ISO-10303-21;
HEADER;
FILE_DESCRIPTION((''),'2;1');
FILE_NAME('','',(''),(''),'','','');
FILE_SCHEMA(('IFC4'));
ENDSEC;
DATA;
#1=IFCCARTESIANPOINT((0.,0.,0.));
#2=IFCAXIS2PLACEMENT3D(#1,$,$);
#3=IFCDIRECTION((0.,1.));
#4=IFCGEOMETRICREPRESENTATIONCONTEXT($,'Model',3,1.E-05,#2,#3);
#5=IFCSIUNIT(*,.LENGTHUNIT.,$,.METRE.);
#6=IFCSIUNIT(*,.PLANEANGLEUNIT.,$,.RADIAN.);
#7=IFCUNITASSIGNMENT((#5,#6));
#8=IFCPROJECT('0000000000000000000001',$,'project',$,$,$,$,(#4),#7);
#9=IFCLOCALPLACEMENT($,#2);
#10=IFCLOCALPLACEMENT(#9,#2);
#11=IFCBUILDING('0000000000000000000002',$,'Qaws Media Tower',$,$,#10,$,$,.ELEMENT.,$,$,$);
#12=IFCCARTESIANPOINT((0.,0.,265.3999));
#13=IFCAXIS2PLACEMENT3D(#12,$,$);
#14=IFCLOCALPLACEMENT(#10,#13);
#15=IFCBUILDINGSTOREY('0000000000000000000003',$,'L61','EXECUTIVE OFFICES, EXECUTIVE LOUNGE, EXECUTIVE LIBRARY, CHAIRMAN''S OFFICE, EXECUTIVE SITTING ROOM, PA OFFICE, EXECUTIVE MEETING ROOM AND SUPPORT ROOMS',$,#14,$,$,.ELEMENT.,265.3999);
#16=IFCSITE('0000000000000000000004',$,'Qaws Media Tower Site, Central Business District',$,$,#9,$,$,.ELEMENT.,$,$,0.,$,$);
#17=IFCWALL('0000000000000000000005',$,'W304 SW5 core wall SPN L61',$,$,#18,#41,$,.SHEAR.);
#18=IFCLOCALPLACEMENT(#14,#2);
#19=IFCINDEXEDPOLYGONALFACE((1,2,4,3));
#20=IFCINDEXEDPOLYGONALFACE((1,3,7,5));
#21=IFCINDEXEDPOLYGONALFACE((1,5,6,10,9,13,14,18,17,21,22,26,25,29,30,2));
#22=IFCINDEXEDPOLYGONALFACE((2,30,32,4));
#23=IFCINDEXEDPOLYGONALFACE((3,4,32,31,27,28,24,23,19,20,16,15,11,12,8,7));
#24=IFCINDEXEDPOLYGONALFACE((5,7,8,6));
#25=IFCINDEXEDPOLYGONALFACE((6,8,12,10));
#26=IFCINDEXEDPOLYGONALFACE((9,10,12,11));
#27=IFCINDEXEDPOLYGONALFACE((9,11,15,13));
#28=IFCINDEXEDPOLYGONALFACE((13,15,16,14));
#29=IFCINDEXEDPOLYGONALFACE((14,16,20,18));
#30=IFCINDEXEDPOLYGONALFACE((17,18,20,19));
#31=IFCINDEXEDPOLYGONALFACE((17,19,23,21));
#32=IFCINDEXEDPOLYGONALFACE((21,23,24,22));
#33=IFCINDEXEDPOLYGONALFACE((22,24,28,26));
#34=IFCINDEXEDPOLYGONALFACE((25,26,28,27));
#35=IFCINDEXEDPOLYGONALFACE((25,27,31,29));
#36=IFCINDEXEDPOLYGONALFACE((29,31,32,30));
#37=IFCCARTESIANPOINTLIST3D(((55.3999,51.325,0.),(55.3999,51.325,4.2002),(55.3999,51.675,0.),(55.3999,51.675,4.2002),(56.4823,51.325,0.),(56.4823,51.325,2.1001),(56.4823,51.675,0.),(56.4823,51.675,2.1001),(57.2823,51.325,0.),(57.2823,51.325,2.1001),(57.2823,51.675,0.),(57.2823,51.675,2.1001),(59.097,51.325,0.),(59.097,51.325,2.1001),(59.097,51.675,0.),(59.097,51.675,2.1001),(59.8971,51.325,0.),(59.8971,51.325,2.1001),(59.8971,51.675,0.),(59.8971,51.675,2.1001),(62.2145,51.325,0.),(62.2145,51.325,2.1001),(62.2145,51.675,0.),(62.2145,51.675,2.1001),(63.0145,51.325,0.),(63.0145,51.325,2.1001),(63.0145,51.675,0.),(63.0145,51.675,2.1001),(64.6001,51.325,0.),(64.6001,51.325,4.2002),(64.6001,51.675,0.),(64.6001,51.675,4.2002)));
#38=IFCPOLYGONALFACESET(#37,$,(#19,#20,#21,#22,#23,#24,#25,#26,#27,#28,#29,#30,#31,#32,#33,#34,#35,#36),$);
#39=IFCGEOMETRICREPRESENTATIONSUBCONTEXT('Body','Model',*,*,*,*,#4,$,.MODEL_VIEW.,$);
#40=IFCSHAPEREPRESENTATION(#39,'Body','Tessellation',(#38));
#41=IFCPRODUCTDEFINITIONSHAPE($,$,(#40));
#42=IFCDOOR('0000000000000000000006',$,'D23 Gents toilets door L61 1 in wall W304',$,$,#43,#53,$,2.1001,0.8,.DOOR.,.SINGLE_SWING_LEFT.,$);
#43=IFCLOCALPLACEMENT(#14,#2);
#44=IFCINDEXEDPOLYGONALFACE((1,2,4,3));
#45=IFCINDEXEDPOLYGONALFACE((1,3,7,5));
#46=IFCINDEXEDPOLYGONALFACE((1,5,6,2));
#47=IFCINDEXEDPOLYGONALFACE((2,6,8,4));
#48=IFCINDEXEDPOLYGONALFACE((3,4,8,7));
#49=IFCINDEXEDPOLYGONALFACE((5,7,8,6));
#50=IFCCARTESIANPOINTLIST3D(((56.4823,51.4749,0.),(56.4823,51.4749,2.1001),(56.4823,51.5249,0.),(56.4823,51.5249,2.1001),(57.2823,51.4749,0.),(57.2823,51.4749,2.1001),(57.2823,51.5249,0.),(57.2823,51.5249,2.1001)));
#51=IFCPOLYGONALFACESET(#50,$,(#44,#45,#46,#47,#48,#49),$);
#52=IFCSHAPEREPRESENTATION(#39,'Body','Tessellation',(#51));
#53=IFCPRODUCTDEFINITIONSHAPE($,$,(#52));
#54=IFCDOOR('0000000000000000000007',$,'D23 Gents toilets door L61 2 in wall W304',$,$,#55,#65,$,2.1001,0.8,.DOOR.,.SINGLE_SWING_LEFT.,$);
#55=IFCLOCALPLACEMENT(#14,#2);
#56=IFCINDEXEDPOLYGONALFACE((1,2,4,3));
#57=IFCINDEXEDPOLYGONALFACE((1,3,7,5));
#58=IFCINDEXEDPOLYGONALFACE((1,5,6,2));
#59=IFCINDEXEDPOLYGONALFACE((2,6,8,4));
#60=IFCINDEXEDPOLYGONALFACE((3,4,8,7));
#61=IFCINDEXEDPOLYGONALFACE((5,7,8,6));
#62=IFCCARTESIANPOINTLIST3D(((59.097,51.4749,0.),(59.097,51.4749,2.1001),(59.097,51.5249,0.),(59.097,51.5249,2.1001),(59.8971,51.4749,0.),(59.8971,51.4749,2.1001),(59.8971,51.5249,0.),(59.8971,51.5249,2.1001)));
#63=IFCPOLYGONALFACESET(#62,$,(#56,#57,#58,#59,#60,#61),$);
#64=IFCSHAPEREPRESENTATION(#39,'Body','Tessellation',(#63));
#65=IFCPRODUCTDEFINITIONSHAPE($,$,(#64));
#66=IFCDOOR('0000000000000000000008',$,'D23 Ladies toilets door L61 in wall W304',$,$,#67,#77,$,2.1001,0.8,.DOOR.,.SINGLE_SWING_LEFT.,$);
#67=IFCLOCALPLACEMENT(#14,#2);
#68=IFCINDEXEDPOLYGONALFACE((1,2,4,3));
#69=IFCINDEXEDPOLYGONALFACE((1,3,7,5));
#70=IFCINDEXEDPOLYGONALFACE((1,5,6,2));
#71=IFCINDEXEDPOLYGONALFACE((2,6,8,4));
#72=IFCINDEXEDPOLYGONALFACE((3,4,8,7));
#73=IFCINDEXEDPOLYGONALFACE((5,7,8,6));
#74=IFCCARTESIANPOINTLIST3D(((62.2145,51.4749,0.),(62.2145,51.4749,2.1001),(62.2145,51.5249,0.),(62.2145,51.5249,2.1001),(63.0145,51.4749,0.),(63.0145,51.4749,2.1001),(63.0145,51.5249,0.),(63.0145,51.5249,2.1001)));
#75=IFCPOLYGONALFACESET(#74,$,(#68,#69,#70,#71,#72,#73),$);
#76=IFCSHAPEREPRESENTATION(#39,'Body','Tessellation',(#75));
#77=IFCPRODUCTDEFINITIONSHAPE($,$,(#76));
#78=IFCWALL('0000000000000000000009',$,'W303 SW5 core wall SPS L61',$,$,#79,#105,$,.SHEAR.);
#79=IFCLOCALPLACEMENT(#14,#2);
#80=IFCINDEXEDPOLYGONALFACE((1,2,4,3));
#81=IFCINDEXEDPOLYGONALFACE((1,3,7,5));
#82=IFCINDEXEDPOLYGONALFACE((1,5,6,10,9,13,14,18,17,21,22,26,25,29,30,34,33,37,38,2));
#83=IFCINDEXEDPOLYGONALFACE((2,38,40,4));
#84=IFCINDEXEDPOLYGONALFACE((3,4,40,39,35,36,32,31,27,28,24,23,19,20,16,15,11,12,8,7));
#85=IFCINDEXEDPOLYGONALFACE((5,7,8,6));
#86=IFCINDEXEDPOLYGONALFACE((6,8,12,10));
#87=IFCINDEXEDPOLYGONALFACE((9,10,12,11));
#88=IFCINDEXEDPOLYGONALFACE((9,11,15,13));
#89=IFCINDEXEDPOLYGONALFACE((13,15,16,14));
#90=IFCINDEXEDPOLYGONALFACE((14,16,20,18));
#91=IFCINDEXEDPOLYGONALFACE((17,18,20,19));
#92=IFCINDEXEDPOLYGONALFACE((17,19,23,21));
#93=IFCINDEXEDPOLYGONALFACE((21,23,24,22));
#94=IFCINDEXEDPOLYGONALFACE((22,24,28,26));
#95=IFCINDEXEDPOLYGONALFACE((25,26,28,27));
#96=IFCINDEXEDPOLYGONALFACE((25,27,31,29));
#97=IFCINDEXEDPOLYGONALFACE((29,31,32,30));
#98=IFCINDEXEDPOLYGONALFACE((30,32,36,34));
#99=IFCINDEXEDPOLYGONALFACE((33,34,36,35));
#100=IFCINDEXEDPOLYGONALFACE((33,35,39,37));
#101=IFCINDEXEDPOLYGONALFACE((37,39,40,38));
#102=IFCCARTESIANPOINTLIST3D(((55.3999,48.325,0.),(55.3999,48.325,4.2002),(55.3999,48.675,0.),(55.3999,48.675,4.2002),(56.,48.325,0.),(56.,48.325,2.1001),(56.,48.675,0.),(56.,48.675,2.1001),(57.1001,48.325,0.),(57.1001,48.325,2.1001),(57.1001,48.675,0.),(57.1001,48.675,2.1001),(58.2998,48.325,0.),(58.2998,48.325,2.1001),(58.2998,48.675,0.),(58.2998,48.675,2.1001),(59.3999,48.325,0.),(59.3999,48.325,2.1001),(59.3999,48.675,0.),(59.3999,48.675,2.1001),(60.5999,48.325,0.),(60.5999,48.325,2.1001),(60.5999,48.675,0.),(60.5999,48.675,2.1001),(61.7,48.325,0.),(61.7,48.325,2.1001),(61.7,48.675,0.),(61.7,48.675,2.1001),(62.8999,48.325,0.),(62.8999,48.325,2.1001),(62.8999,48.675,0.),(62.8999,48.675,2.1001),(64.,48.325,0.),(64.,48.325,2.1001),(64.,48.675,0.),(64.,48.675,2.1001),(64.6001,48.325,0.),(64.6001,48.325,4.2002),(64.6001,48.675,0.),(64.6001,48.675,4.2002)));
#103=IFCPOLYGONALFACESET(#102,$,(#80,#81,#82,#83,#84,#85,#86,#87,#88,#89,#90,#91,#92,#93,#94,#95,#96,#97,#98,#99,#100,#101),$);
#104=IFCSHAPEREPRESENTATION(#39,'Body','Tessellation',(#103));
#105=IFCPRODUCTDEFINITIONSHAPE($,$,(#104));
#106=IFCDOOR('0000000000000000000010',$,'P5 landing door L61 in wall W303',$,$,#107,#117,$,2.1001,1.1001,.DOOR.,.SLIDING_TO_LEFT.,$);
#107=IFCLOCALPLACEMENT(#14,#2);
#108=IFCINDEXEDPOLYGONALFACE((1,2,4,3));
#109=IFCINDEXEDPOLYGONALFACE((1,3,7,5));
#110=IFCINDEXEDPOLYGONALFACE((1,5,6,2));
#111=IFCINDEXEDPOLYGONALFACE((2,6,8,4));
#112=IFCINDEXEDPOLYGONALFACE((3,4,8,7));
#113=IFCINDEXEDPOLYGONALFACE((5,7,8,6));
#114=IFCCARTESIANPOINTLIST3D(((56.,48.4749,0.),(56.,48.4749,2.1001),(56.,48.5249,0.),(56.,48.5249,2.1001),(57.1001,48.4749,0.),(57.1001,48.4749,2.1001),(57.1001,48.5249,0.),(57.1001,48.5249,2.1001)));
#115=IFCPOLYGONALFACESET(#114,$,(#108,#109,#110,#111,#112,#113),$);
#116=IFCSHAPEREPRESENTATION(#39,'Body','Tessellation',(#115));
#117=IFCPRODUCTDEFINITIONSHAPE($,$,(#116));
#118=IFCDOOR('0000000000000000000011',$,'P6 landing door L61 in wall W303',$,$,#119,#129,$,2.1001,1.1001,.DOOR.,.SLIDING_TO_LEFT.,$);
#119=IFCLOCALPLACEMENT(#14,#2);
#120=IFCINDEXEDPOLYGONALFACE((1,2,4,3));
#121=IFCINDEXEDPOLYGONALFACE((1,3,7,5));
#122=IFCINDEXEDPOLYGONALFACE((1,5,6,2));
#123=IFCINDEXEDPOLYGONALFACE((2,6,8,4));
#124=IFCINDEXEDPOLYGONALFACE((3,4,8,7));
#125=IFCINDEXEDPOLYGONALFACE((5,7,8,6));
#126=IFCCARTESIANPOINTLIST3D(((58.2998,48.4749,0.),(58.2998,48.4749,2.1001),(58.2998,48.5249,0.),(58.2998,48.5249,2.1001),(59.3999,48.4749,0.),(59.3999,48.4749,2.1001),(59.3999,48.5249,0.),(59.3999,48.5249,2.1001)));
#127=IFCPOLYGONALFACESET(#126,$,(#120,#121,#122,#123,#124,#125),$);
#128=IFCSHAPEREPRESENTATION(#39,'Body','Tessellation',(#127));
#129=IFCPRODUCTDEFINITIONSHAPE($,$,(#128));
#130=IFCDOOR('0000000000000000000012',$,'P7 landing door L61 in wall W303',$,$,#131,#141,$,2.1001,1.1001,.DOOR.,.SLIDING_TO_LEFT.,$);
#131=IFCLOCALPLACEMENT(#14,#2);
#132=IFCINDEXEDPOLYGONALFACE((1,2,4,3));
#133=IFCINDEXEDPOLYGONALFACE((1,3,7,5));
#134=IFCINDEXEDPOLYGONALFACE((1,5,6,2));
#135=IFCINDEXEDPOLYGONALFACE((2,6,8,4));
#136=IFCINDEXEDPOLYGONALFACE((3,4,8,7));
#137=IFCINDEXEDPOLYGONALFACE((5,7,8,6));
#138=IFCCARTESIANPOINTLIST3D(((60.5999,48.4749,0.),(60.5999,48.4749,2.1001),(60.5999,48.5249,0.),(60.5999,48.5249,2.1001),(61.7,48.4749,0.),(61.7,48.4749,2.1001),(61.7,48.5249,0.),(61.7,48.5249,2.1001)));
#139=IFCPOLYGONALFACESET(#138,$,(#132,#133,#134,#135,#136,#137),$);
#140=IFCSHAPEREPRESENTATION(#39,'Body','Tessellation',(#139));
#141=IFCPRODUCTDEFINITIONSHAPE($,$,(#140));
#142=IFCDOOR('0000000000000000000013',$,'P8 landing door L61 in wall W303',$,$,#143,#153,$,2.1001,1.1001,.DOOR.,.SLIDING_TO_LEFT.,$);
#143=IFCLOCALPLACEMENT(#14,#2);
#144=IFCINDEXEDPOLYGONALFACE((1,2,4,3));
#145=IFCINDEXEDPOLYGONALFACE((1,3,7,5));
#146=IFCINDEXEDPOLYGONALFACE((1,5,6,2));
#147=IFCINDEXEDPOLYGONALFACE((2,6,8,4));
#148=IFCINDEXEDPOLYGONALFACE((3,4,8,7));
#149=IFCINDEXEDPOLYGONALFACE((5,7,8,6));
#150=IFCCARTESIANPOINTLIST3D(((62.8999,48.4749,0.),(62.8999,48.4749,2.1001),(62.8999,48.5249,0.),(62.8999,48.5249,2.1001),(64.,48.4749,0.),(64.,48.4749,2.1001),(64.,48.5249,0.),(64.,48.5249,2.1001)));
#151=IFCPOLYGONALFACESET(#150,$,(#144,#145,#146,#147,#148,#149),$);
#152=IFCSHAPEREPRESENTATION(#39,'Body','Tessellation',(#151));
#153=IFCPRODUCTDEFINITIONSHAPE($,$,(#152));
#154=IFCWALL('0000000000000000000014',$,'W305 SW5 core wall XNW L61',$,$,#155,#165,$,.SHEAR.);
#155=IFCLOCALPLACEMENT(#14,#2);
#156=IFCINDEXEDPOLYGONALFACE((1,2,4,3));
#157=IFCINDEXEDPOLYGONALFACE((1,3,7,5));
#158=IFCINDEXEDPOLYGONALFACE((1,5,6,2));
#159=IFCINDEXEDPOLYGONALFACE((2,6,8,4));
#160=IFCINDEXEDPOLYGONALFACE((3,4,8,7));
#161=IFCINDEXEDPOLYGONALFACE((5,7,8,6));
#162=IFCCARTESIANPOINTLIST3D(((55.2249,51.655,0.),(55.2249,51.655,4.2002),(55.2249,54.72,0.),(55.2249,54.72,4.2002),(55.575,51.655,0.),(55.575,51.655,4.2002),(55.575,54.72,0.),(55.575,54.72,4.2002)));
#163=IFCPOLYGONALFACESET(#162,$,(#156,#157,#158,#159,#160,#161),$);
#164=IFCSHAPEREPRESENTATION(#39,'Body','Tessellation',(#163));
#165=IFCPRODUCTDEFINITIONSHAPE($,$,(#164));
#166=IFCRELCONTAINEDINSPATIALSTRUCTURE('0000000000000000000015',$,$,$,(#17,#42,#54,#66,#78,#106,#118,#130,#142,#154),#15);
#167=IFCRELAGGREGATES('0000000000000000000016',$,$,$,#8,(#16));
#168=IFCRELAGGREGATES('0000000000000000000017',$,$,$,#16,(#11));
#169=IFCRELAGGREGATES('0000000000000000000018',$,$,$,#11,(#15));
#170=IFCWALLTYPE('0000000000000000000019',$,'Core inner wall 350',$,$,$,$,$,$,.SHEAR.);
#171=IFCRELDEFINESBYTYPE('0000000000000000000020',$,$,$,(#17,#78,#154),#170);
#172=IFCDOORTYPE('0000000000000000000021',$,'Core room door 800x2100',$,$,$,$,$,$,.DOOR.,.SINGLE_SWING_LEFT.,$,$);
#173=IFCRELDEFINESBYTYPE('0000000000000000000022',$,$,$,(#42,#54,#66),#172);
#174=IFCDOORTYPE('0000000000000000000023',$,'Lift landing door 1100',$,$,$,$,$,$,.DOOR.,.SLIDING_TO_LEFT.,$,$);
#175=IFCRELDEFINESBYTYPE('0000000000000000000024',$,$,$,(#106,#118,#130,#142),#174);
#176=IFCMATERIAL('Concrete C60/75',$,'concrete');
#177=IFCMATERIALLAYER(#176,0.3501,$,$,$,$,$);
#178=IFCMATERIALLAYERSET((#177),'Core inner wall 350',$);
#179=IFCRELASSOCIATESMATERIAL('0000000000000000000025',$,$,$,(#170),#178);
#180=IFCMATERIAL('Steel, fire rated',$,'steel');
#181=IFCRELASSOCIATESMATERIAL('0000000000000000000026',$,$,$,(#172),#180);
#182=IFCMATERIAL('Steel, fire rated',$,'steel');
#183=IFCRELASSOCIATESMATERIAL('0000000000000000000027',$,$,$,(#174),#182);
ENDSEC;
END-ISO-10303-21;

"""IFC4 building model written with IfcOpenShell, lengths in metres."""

from ifc_helpers import new_model, si_unit, direction, frame, frame_2d, origin, place, context, subcontext, project, spatial, rectangle, extrude, material, layer, layer_set, type_object, element, fill, save


model = new_model("IFC4")

# Units and contexts
model_context = context("Model", 3, precision=1e-05, world=origin(), true_north=direction((0.0, 1.0)))
body_context = subcontext(model_context, "Body", "Model", "MODEL_VIEW")
ifc_project = project(units=[si_unit("LENGTHUNIT", "METRE"), si_unit("PLANEANGLEUNIT", "RADIAN")], contexts=[model_context])

# Site, building, storey
site_placement = place(None, origin())
site = spatial("IfcSite", under=ifc_project, at=site_placement, Name="Qaws Media Tower Site, Central Business District", CompositionType="ELEMENT", RefElevation=0.0)
building_placement = place(site_placement, origin())
building = spatial("IfcBuilding", under=site, at=building_placement, Name="Qaws Media Tower", CompositionType="ELEMENT")
storey_placement = place(building_placement, frame((0.0, 0.0, 265.3999)))
storey = spatial("IfcBuildingStorey", under=building, at=storey_placement, Name="L61", Description="EXECUTIVE OFFICES, EXECUTIVE LOUNGE, EXECUTIVE LIBRARY, CHAIRMAN'S OFFICE, EXECUTIVE SITTING ROOM, PA OFFICE, EXECUTIVE MEETING ROOM AND SUPPORT ROOMS", CompositionType="ELEMENT", Elevation=265.3999)

# Shared definitions
ifc_material_1 = material(Name="Concrete C60/75", Category="concrete")
ifc_layer_1 = layer(ifc_material_1, 0.3501)
ifc_layer_set_1 = layer_set([ifc_layer_1], Name="Core inner wall 350")
wall_type_1 = type_object("IfcWallType", Name="Core inner wall 350", PredefinedType="SHEAR", material=ifc_layer_set_1)

# Walls, openings, doors
wall_1_placement = place(storey_placement, frame((55.3999, 51.5, 0.0), z_axis=(0.0, 0.0, 1.0), x_axis=(1.0, 0.0, 0.0)))
wall_1 = element("IfcWall", 1, at=wall_1_placement, inside=storey, type_object=wall_type_1, Name="W304 SW5 core wall SPN L61", PredefinedType="SHEAR", context=body_context, shape_type="SweptSolid", body=[
    extrude(rectangle(XDim=9.2002, YDim=0.3501, at=frame_2d((4.6001, 0.0))), origin(), (0.0, 0.0, 1.0), 4.2002),
])
opening_1_placement = place(wall_1_placement, frame((1.0825, 0.0, 0.0)))
opening_1 = element("IfcOpeningElement", 2, at=opening_1_placement, cuts=wall_1, PredefinedType="OPENING", context=body_context, shape_type="SweptSolid", body=[
    extrude(rectangle(XDim=0.8, YDim=2.1001, at=frame_2d((0.3999, 1.05))), frame((0.0, 0.1851, 0.0), z_axis=(0.0, -1.0, 0.0), x_axis=(1.0, 0.0, 0.0)), (0.0, 0.0, 1.0), 0.3701),
])
opening_2_placement = place(wall_1_placement, frame((3.6973, 0.0, 0.0)))
opening_2 = element("IfcOpeningElement", 3, at=opening_2_placement, cuts=wall_1, PredefinedType="OPENING", context=body_context, shape_type="SweptSolid", body=[
    extrude(rectangle(XDim=0.8, YDim=2.1001, at=frame_2d((0.3999, 1.05))), frame((0.0, 0.1851, 0.0), z_axis=(0.0, -1.0, 0.0), x_axis=(1.0, 0.0, 0.0)), (0.0, 0.0, 1.0), 0.3701),
])
opening_3_placement = place(wall_1_placement, frame((6.8147, 0.0, 0.0)))
opening_3 = element("IfcOpeningElement", 4, at=opening_3_placement, cuts=wall_1, PredefinedType="OPENING", context=body_context, shape_type="SweptSolid", body=[
    extrude(rectangle(XDim=0.8, YDim=2.1001, at=frame_2d((0.3999, 1.05))), frame((0.0, 0.1851, 0.0), z_axis=(0.0, -1.0, 0.0), x_axis=(1.0, 0.0, 0.0)), (0.0, 0.0, 1.0), 0.3701),
])
ifc_material_2 = material(Name="Steel, fire rated", Category="steel")
door_type_1 = type_object("IfcDoorType", Name="Core room door 800x2100", OperationType="SINGLE_SWING_LEFT", PredefinedType="DOOR", material=ifc_material_2)
door_1_placement = place(opening_1_placement, origin())
door_1 = element("IfcDoor", 5, at=door_1_placement, inside=storey, type_object=door_type_1, Name="D23 Gents toilets door L61 1 in wall W304", OperationType="SINGLE_SWING_LEFT", OverallHeight=2.1001, OverallWidth=0.8, PredefinedType="DOOR", context=body_context, shape_type="SweptSolid", body=[
    extrude(rectangle(XDim=0.8, YDim=2.1001, at=frame_2d((0.3999, 1.05))), frame((0.0, 0.0249, 0.0), z_axis=(0.0, -1.0, 0.0), x_axis=(1.0, 0.0, 0.0)), (0.0, 0.0, 1.0), 0.05),
])
fill(opening_1, door_1)
door_2_placement = place(opening_2_placement, origin())
door_2 = element("IfcDoor", 6, at=door_2_placement, inside=storey, type_object=door_type_1, Name="D23 Gents toilets door L61 2 in wall W304", OperationType="SINGLE_SWING_LEFT", OverallHeight=2.1001, OverallWidth=0.8, PredefinedType="DOOR", context=body_context, shape_type="SweptSolid", body=[
    extrude(rectangle(XDim=0.8, YDim=2.1001, at=frame_2d((0.3999, 1.05))), frame((0.0, 0.0249, 0.0), z_axis=(0.0, -1.0, 0.0), x_axis=(1.0, 0.0, 0.0)), (0.0, 0.0, 1.0), 0.05),
])
fill(opening_2, door_2)
door_3_placement = place(opening_3_placement, origin())
door_3 = element("IfcDoor", 7, at=door_3_placement, inside=storey, type_object=door_type_1, Name="D23 Ladies toilets door L61 in wall W304", OperationType="SINGLE_SWING_LEFT", OverallHeight=2.1001, OverallWidth=0.8, PredefinedType="DOOR", context=body_context, shape_type="SweptSolid", body=[
    extrude(rectangle(XDim=0.8, YDim=2.1001, at=frame_2d((0.3999, 1.05))), frame((0.0, 0.0249, 0.0), z_axis=(0.0, -1.0, 0.0), x_axis=(1.0, 0.0, 0.0)), (0.0, 0.0, 1.0), 0.05),
])
fill(opening_3, door_3)
wall_2_placement = place(storey_placement, frame((55.3999, 48.5, 0.0), z_axis=(0.0, 0.0, 1.0), x_axis=(1.0, 0.0, 0.0)))
wall_2 = element("IfcWall", 8, at=wall_2_placement, inside=storey, type_object=wall_type_1, Name="W303 SW5 core wall SPS L61", PredefinedType="SHEAR", context=body_context, shape_type="SweptSolid", body=[
    extrude(rectangle(XDim=9.2002, YDim=0.3501, at=frame_2d((4.6001, 0.0))), origin(), (0.0, 0.0, 1.0), 4.2002),
])
opening_4_placement = place(wall_2_placement, frame((0.6001, 0.0, 0.0)))
opening_4 = element("IfcOpeningElement", 9, at=opening_4_placement, cuts=wall_2, PredefinedType="OPENING", context=body_context, shape_type="SweptSolid", body=[
    extrude(rectangle(XDim=1.1001, YDim=2.1001, at=frame_2d((0.55, 1.05))), frame((0.0, 0.1851, 0.0), z_axis=(0.0, -1.0, 0.0), x_axis=(1.0, 0.0, 0.0)), (0.0, 0.0, 1.0), 0.3701),
])
opening_5_placement = place(wall_2_placement, frame((2.8999, 0.0, 0.0)))
opening_5 = element("IfcOpeningElement", 10, at=opening_5_placement, cuts=wall_2, PredefinedType="OPENING", context=body_context, shape_type="SweptSolid", body=[
    extrude(rectangle(XDim=1.1001, YDim=2.1001, at=frame_2d((0.55, 1.05))), frame((0.0, 0.1851, 0.0), z_axis=(0.0, -1.0, 0.0), x_axis=(1.0, 0.0, 0.0)), (0.0, 0.0, 1.0), 0.3701),
])
opening_6_placement = place(wall_2_placement, frame((5.2, 0.0, 0.0)))
opening_6 = element("IfcOpeningElement", 11, at=opening_6_placement, cuts=wall_2, PredefinedType="OPENING", context=body_context, shape_type="SweptSolid", body=[
    extrude(rectangle(XDim=1.1001, YDim=2.1001, at=frame_2d((0.55, 1.05))), frame((0.0, 0.1851, 0.0), z_axis=(0.0, -1.0, 0.0), x_axis=(1.0, 0.0, 0.0)), (0.0, 0.0, 1.0), 0.3701),
])
opening_7_placement = place(wall_2_placement, frame((7.5, 0.0, 0.0)))
opening_7 = element("IfcOpeningElement", 12, at=opening_7_placement, cuts=wall_2, PredefinedType="OPENING", context=body_context, shape_type="SweptSolid", body=[
    extrude(rectangle(XDim=1.1001, YDim=2.1001, at=frame_2d((0.55, 1.05))), frame((0.0, 0.1851, 0.0), z_axis=(0.0, -1.0, 0.0), x_axis=(1.0, 0.0, 0.0)), (0.0, 0.0, 1.0), 0.3701),
])
ifc_material_3 = material(Name="Steel, fire rated", Category="steel")
door_type_2 = type_object("IfcDoorType", Name="Lift landing door 1100", OperationType="SLIDING_TO_LEFT", PredefinedType="DOOR", material=ifc_material_3)
door_4_placement = place(opening_4_placement, origin())
door_4 = element("IfcDoor", 13, at=door_4_placement, inside=storey, type_object=door_type_2, Name="P5 landing door L61 in wall W303", OperationType="SLIDING_TO_LEFT", OverallHeight=2.1001, OverallWidth=1.1001, PredefinedType="DOOR", context=body_context, shape_type="SweptSolid", body=[
    extrude(rectangle(XDim=1.1001, YDim=2.1001, at=frame_2d((0.55, 1.05))), frame((0.0, 0.0249, 0.0), z_axis=(0.0, -1.0, 0.0), x_axis=(1.0, 0.0, 0.0)), (0.0, 0.0, 1.0), 0.05),
])
fill(opening_4, door_4)
door_5_placement = place(opening_5_placement, origin())
door_5 = element("IfcDoor", 14, at=door_5_placement, inside=storey, type_object=door_type_2, Name="P6 landing door L61 in wall W303", OperationType="SLIDING_TO_LEFT", OverallHeight=2.1001, OverallWidth=1.1001, PredefinedType="DOOR", context=body_context, shape_type="SweptSolid", body=[
    extrude(rectangle(XDim=1.1001, YDim=2.1001, at=frame_2d((0.55, 1.05))), frame((0.0, 0.0249, 0.0), z_axis=(0.0, -1.0, 0.0), x_axis=(1.0, 0.0, 0.0)), (0.0, 0.0, 1.0), 0.05),
])
fill(opening_5, door_5)
door_6_placement = place(opening_6_placement, origin())
door_6 = element("IfcDoor", 15, at=door_6_placement, inside=storey, type_object=door_type_2, Name="P7 landing door L61 in wall W303", OperationType="SLIDING_TO_LEFT", OverallHeight=2.1001, OverallWidth=1.1001, PredefinedType="DOOR", context=body_context, shape_type="SweptSolid", body=[
    extrude(rectangle(XDim=1.1001, YDim=2.1001, at=frame_2d((0.55, 1.05))), frame((0.0, 0.0249, 0.0), z_axis=(0.0, -1.0, 0.0), x_axis=(1.0, 0.0, 0.0)), (0.0, 0.0, 1.0), 0.05),
])
fill(opening_6, door_6)
door_7_placement = place(opening_7_placement, origin())
door_7 = element("IfcDoor", 16, at=door_7_placement, inside=storey, type_object=door_type_2, Name="P8 landing door L61 in wall W303", OperationType="SLIDING_TO_LEFT", OverallHeight=2.1001, OverallWidth=1.1001, PredefinedType="DOOR", context=body_context, shape_type="SweptSolid", body=[
    extrude(rectangle(XDim=1.1001, YDim=2.1001, at=frame_2d((0.55, 1.05))), frame((0.0, 0.0249, 0.0), z_axis=(0.0, -1.0, 0.0), x_axis=(1.0, 0.0, 0.0)), (0.0, 0.0, 1.0), 0.05),
])
fill(opening_7, door_7)

# Wall
for number, where, z_axis, x_axis, name in (
    (17, (55.3999, 51.655, 0.0), (0.0, 0.0, 1.0), (0.0, 1.0, 0.0), "W305 SW5 core wall XNW L61"),
):
    element("IfcWall", number, at=place(storey_placement, frame(where, z_axis=z_axis, x_axis=x_axis)), inside=storey, type_object=wall_type_1, Name=name, PredefinedType="SHEAR", context=body_context, shape_type="SweptSolid", body=[
        extrude(rectangle(XDim=3.0649, YDim=0.3501, at=frame_2d((1.5325, 0.0))), origin(), (0.0, 0.0, 1.0), 4.2002),
    ])

save(model, "model.ifc")
